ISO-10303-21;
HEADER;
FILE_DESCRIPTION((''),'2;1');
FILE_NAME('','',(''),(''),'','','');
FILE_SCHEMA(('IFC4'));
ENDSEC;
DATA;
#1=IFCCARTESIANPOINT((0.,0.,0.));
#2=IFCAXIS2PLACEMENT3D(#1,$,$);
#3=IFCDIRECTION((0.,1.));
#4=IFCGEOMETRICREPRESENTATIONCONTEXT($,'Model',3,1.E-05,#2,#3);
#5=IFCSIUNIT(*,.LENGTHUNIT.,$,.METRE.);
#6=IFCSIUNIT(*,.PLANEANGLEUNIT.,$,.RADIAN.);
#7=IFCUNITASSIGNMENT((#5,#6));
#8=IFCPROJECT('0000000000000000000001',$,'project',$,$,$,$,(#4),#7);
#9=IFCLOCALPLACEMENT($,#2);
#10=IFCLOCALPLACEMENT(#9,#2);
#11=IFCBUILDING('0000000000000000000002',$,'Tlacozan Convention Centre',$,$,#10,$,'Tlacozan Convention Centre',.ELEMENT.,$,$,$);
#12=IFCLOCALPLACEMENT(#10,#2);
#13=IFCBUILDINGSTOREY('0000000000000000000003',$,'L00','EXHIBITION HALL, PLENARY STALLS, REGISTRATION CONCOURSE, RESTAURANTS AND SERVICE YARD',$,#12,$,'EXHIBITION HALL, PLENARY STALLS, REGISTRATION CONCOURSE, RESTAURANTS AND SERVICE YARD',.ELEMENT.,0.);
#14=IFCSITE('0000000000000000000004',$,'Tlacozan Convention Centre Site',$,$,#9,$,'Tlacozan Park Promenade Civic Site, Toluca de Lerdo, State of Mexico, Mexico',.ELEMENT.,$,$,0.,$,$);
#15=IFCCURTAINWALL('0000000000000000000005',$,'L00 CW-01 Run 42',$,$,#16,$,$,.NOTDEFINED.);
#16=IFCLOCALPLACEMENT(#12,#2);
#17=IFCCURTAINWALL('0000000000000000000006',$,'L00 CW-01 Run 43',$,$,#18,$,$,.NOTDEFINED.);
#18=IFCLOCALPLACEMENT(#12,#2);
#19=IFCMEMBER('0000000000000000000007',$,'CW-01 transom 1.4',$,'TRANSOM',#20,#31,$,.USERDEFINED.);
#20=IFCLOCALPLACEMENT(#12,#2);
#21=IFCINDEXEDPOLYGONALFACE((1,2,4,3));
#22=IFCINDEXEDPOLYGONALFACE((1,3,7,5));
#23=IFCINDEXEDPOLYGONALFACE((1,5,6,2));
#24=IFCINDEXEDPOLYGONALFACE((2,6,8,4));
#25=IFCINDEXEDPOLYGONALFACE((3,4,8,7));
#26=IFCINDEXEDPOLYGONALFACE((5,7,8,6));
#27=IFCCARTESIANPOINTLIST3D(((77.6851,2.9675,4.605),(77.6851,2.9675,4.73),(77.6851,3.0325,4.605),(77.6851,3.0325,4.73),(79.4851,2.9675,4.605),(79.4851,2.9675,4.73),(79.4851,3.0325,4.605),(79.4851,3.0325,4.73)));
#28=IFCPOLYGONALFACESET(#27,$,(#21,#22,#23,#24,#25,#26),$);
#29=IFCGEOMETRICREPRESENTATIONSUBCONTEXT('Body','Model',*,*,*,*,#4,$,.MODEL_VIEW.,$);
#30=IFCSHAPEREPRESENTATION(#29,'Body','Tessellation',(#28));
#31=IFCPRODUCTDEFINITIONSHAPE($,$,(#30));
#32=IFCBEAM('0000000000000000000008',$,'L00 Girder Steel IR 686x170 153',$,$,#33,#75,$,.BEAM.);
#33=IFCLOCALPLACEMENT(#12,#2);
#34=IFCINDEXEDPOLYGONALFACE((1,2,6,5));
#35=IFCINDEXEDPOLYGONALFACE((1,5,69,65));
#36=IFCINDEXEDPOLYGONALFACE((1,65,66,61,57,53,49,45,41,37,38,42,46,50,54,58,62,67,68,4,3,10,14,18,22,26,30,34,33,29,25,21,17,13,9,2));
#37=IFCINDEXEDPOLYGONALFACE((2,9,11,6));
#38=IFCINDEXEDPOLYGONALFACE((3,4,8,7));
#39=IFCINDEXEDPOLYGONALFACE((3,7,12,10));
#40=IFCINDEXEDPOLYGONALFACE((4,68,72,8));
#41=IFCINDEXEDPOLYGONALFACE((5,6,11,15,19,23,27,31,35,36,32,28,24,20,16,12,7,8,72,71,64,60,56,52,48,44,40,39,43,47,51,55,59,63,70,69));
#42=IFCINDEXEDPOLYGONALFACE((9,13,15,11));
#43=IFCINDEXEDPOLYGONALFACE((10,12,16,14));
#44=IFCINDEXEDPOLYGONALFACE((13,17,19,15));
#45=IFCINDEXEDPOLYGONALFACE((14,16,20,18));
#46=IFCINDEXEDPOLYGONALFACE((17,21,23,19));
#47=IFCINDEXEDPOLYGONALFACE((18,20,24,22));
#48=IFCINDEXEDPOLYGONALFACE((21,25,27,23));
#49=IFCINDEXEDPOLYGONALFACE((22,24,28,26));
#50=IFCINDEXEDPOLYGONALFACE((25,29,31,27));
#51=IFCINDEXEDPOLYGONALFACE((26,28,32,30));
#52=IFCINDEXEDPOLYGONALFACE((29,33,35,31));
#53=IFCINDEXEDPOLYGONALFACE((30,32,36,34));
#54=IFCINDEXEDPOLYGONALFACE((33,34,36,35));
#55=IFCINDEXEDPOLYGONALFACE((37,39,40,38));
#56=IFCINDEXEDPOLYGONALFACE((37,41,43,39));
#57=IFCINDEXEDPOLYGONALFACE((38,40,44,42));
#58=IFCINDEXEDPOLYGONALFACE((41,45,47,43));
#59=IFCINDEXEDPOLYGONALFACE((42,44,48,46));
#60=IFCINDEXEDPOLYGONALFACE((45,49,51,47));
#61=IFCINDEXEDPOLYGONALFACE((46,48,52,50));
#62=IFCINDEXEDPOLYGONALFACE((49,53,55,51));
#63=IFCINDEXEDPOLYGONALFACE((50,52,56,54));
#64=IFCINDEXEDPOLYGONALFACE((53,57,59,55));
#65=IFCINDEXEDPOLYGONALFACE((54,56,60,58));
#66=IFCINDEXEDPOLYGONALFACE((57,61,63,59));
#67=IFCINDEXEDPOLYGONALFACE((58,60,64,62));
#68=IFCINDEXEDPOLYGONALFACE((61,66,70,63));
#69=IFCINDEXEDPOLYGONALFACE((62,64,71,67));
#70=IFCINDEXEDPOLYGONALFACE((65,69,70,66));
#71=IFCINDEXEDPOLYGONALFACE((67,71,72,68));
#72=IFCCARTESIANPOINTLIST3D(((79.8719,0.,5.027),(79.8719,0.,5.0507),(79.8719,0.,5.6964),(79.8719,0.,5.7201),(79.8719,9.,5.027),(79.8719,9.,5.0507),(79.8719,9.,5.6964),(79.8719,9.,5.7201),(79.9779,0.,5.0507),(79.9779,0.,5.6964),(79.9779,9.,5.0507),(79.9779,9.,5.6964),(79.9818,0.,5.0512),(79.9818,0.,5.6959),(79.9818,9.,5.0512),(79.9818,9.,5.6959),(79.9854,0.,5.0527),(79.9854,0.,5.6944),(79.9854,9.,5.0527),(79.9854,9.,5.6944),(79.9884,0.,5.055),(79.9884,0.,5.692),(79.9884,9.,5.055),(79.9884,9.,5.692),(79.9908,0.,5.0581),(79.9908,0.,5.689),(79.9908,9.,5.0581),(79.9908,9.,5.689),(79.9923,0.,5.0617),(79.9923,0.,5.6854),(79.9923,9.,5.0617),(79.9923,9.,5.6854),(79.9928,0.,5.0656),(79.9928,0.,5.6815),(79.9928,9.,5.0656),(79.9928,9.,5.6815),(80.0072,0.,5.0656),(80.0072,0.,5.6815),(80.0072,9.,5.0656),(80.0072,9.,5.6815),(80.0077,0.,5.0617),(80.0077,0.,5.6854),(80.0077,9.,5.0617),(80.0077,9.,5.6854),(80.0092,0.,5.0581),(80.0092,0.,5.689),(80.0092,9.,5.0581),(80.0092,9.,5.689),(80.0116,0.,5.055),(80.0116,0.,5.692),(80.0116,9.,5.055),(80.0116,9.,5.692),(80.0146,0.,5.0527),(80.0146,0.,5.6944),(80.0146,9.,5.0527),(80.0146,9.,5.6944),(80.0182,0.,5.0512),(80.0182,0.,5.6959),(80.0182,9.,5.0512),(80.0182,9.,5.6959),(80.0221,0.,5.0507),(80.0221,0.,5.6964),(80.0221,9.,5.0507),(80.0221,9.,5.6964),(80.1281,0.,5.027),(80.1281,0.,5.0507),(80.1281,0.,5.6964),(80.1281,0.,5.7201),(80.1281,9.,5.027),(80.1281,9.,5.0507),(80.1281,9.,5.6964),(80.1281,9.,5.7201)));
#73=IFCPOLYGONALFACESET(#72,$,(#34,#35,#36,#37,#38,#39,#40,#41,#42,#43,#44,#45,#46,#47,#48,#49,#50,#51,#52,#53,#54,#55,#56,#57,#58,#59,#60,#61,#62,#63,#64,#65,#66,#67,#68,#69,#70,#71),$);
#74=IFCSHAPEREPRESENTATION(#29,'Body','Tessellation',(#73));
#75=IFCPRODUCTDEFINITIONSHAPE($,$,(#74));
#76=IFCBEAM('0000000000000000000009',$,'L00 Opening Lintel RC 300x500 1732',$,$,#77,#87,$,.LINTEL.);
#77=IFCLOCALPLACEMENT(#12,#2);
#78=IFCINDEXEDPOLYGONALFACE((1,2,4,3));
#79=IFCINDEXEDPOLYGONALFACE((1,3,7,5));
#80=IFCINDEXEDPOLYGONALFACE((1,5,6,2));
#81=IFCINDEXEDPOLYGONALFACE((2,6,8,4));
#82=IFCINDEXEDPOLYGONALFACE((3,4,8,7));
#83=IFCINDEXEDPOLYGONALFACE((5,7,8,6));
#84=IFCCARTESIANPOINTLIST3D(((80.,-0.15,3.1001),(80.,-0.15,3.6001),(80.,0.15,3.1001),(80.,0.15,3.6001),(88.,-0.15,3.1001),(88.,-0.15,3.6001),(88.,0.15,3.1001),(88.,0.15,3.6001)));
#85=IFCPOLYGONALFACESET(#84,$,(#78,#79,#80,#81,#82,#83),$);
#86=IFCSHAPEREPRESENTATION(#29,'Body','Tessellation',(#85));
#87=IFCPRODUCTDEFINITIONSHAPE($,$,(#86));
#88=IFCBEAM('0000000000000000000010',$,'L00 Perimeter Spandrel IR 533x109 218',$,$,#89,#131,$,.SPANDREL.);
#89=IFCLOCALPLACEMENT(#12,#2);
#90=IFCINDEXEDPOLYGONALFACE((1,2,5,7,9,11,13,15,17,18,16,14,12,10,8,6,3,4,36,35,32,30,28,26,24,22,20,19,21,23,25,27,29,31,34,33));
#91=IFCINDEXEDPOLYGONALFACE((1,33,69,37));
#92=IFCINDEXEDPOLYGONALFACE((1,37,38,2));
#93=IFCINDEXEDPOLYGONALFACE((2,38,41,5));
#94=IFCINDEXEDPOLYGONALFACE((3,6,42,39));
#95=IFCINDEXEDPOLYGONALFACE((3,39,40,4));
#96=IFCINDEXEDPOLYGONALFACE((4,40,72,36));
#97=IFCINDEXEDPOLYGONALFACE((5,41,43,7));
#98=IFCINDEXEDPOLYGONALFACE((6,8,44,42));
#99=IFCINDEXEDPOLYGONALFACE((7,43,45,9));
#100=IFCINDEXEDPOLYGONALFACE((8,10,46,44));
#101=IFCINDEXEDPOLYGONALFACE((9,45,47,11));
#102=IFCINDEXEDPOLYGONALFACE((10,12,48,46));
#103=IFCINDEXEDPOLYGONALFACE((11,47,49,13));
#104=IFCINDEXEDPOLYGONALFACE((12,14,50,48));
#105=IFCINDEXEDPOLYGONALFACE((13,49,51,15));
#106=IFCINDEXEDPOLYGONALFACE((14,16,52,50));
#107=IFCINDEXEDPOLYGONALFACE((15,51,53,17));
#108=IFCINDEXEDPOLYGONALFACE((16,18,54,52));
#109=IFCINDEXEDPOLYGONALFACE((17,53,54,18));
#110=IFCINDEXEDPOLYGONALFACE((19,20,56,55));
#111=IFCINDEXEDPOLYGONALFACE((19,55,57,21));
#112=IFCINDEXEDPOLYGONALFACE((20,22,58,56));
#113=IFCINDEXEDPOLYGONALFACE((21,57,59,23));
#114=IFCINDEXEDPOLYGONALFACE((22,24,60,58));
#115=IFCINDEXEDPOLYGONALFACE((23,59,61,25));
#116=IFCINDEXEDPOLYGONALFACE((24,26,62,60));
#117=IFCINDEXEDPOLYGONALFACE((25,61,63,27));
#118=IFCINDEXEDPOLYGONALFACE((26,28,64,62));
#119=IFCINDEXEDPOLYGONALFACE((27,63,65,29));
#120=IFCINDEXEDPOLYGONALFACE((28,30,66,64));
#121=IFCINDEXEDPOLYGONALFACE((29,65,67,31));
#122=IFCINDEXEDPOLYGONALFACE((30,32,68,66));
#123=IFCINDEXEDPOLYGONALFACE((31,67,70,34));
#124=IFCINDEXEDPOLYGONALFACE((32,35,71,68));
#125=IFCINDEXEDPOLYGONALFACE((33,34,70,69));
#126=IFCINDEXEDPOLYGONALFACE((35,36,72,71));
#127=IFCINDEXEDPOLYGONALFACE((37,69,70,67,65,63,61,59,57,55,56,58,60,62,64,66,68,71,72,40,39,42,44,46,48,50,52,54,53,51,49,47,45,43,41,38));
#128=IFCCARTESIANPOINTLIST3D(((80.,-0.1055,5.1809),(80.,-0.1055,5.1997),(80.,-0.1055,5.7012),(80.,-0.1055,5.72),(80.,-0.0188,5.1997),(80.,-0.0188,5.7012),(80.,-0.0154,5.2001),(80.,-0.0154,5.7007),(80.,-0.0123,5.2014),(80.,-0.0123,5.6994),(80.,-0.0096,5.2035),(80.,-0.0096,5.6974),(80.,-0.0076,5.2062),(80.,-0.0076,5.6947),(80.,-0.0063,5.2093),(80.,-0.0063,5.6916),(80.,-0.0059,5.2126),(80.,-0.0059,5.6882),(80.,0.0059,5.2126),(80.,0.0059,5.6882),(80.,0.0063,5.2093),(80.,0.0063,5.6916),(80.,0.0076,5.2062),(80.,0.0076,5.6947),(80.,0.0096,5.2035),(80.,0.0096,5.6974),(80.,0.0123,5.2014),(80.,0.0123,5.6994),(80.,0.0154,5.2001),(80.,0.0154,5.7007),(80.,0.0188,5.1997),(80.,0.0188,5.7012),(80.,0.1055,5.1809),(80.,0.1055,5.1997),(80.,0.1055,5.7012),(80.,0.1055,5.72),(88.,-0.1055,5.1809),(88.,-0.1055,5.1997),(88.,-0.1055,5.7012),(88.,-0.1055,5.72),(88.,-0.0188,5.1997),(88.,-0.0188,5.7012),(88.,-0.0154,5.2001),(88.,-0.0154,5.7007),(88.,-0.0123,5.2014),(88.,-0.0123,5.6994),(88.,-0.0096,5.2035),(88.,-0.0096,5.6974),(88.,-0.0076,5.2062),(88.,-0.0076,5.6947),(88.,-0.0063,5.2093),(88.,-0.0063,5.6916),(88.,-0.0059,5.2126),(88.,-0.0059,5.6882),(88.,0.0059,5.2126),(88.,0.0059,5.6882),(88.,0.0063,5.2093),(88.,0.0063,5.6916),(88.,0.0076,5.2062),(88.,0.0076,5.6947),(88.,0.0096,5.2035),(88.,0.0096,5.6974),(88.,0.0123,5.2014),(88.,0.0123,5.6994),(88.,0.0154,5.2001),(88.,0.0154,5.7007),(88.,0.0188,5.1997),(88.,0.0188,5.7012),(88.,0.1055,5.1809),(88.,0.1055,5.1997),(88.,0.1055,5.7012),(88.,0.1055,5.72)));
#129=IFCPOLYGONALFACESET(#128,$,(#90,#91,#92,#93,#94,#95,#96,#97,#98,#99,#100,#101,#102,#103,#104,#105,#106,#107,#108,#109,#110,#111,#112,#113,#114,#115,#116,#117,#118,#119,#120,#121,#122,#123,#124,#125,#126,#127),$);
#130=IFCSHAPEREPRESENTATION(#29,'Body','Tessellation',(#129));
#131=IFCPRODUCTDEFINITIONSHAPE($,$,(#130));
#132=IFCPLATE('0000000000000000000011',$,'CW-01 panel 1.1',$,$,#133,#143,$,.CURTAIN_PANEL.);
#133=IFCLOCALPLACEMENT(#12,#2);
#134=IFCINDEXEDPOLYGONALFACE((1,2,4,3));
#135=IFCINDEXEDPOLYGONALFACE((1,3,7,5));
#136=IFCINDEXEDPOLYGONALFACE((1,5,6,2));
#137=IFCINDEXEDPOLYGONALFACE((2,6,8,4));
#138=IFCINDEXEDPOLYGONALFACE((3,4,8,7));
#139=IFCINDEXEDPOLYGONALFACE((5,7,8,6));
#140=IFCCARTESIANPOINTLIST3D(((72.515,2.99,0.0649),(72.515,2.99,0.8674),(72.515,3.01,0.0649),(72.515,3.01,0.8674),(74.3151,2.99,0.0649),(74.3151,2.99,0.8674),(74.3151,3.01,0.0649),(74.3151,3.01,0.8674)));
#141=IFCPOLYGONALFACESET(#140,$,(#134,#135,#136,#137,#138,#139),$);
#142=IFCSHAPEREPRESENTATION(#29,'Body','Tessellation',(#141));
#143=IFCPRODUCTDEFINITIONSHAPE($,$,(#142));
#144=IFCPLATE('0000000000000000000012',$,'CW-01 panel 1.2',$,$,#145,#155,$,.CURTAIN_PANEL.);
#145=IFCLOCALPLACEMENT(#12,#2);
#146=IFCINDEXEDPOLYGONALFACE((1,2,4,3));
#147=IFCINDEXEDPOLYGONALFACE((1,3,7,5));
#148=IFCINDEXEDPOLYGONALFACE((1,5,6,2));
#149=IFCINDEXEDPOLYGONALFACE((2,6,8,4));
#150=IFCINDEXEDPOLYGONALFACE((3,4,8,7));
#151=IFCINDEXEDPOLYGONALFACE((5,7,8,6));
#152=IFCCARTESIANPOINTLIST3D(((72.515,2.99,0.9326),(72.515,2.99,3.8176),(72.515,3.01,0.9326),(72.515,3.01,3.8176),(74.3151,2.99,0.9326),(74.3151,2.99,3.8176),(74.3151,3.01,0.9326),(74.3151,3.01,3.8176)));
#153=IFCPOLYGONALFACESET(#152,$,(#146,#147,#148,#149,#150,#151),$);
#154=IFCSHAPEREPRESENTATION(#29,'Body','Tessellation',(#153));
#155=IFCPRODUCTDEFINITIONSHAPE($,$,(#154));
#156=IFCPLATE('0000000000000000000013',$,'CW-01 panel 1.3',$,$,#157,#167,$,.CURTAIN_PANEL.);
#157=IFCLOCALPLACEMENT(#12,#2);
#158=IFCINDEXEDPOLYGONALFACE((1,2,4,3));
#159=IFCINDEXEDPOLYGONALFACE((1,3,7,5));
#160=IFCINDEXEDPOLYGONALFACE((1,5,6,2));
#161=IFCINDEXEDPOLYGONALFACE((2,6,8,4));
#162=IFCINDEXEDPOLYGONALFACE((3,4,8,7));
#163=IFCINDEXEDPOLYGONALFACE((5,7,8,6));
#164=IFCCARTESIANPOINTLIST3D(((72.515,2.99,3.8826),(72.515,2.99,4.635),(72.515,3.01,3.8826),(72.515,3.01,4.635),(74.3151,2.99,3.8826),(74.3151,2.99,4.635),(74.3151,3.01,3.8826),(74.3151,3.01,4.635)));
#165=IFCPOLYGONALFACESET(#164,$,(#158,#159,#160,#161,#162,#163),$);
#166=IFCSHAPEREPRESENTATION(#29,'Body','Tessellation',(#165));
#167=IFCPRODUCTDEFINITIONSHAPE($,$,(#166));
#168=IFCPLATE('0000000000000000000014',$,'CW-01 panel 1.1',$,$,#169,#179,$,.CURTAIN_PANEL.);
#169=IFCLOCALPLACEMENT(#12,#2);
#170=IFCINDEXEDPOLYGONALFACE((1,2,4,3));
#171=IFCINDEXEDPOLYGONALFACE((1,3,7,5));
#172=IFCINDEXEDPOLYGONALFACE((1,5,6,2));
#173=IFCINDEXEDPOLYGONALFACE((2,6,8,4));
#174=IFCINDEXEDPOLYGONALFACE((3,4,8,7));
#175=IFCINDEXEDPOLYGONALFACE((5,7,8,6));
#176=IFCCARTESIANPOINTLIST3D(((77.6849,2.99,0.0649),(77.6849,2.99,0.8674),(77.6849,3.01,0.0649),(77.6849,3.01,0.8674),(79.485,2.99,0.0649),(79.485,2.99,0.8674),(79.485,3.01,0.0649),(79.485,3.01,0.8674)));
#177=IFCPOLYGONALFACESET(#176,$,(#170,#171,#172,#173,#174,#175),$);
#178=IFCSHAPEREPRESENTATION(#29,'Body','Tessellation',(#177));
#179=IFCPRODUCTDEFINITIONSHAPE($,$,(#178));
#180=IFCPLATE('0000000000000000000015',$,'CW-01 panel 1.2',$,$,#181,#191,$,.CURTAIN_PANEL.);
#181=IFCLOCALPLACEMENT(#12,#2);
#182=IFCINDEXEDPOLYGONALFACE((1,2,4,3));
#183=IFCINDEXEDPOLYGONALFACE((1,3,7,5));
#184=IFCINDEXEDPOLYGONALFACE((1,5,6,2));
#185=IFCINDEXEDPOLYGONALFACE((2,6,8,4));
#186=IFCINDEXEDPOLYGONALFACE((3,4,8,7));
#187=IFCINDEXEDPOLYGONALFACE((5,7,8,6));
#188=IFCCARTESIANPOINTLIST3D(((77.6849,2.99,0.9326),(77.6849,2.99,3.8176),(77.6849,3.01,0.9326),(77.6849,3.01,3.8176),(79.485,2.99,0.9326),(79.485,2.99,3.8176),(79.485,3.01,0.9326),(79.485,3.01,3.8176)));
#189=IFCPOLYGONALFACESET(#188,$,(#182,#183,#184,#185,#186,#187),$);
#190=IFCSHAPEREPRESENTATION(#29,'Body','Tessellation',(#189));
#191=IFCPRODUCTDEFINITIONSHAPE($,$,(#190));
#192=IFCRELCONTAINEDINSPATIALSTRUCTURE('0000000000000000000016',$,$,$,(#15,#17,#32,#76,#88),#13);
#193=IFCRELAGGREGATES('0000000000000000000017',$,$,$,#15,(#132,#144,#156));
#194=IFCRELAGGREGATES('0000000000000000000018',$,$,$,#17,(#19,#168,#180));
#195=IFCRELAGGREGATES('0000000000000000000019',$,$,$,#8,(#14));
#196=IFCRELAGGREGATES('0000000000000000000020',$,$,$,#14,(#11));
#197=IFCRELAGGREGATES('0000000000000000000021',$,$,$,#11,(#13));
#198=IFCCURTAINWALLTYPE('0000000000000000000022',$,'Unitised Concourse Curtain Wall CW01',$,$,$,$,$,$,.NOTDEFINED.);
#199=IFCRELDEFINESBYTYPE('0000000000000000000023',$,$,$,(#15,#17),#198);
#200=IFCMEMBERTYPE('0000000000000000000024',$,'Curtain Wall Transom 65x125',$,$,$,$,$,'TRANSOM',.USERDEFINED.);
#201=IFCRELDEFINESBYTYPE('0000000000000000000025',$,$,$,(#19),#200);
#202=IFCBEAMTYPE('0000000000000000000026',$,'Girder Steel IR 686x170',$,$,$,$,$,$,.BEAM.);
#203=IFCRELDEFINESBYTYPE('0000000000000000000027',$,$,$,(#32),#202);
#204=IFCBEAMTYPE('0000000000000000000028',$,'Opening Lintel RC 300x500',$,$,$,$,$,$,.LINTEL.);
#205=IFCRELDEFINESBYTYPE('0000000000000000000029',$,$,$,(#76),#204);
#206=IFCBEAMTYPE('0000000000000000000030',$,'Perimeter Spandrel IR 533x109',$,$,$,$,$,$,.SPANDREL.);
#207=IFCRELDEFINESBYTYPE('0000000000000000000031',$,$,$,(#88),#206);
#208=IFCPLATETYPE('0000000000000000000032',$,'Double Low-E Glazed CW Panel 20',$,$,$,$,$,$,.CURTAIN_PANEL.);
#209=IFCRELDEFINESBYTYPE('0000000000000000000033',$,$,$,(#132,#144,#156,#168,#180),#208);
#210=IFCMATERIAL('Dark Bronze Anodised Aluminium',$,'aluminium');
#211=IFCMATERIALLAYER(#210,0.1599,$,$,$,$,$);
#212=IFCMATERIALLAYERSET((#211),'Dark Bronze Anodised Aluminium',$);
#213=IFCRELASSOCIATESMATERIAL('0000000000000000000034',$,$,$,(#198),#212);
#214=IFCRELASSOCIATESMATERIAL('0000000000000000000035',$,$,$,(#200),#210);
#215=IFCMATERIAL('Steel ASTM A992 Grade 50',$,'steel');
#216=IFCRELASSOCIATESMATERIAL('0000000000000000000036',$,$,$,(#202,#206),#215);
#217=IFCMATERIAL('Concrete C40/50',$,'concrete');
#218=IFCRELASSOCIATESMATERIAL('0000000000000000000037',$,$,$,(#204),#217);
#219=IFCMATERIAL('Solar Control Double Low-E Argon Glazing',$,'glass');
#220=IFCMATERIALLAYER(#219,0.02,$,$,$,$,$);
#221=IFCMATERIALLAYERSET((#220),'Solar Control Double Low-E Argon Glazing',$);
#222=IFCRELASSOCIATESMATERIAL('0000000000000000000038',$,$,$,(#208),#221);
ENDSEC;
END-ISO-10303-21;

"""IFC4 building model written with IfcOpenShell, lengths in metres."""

from ifc_helpers import new_model, si_unit, direction, frame, origin, origin_2d, place, context, subcontext, project, spatial, rectangle, i_section, extrude, material, layer, layer_set, material_profile, profile_set, type_object, element, aggregate, save


model = new_model("IFC4")

# Units and contexts
model_context = context("Model", 3, precision=1e-05, world=origin(), true_north=direction((0.0, 1.0)))
body_context = subcontext(model_context, "Body", "Model", "MODEL_VIEW")
ifc_project = project(units=[si_unit("LENGTHUNIT", "METRE"), si_unit("PLANEANGLEUNIT", "RADIAN")], contexts=[model_context])

# Site, building, storey
site_placement = place(None, origin())
site = spatial("IfcSite", under=ifc_project, at=site_placement, Name="Tlacozan Convention Centre Site", LongName="Tlacozan Park Promenade Civic Site, Toluca de Lerdo, State of Mexico, Mexico", CompositionType="ELEMENT", RefElevation=0.0)
building_placement = place(site_placement, origin())
building = spatial("IfcBuilding", under=site, at=building_placement, Name="Tlacozan Convention Centre", LongName="Tlacozan Convention Centre", CompositionType="ELEMENT")
storey_placement = place(building_placement, origin())
storey = spatial("IfcBuildingStorey", under=building, at=storey_placement, Name="L00", Description="EXHIBITION HALL, PLENARY STALLS, REGISTRATION CONCOURSE, RESTAURANTS AND SERVICE YARD", LongName="EXHIBITION HALL, PLENARY STALLS, REGISTRATION CONCOURSE, RESTAURANTS AND SERVICE YARD", CompositionType="ELEMENT", Elevation=0.0)

# Shared definitions
ifc_material_1 = material(Name="Concrete C40/50", Category="concrete")

# Curtain walls
ifc_material_2 = material(Name="Dark Bronze Anodised Aluminium", Category="aluminium")
ifc_layer_1 = layer(ifc_material_2, 0.1599)
ifc_layer_set_1 = layer_set([ifc_layer_1], Name="Dark Bronze Anodised Aluminium")
curtain_wall_type = type_object("IfcCurtainWallType", Name="Unitised Concourse Curtain Wall CW01", PredefinedType="NOTDEFINED", material=ifc_layer_set_1)
curtain_wall_1_placement = place(storey_placement, origin())
curtain_wall_1 = element("IfcCurtainWall", 1, at=curtain_wall_1_placement, inside=storey, type_object=curtain_wall_type, Name="L00 CW-01 Run 42", PredefinedType="NOTDEFINED")
curtain_wall_2_placement = place(storey_placement, origin())
curtain_wall_2 = element("IfcCurtainWall", 2, at=curtain_wall_2_placement, inside=storey, type_object=curtain_wall_type, Name="L00 CW-01 Run 43", PredefinedType="NOTDEFINED")

# Member
ifc_material_profile_1 = material_profile(ifc_material_2, rectangle(XDim=0.0649, YDim=0.125, at=origin_2d()), Name="ALU 65x125")
ifc_profile_set_1 = profile_set([ifc_material_profile_1], Name="Dark Bronze Anodised Aluminium")
member_type_1 = type_object("IfcMemberType", Name="Curtain Wall Transom 65x125", ElementType="TRANSOM", PredefinedType="USERDEFINED", material=ifc_profile_set_1)
member_1_placement = place(storey_placement, frame((77.6851, 3.0, 4.6675), z_axis=(1.0, 0.0, 0.0), x_axis=(0.0, 1.0, 0.0)))
member_1 = element("IfcMember", 3, at=member_1_placement, type_object=member_type_1, Name="CW-01 transom 1.4", ObjectType="TRANSOM", PredefinedType="USERDEFINED", context=body_context, shape_type="SweptSolid", body=[
    extrude(rectangle(XDim=0.0649, YDim=0.125, at=origin_2d()), origin(), (0.0, 0.0, 1.0), 1.8),
])

# Beams
ifc_material_3 = material(Name="Steel ASTM A992 Grade 50", Category="steel")
ifc_material_profile_2 = material_profile(ifc_material_3, i_section(OverallWidth=0.2561, OverallDepth=0.6931, WebThickness=0.0144, FlangeThickness=0.0237, FilletRadius=0.0149, at=origin_2d()), Name="IR 686x170.0")
ifc_profile_set_2 = profile_set([ifc_material_profile_2], Name="Steel ASTM A992 Grade 50")
beam_type_1 = type_object("IfcBeamType", Name="Girder Steel IR 686x170", PredefinedType="BEAM", material=ifc_profile_set_2)
beam_1_placement = place(storey_placement, frame((80.0, 0.0, 5.3735), z_axis=(0.0, 1.0, 0.0), x_axis=(-1.0, 0.0, 0.0)))
element("IfcBeam", 4, at=beam_1_placement, inside=storey, type_object=beam_type_1, Name="L00 Girder Steel IR 686x170 153", PredefinedType="BEAM", context=body_context, shape_type="SweptSolid", body=[
    extrude(i_section(OverallWidth=0.2561, OverallDepth=0.6931, WebThickness=0.0144, FlangeThickness=0.0237, FilletRadius=0.0149, at=origin_2d()), origin(), (0.0, 0.0, 1.0), 9.0),
])
ifc_material_profile_3 = material_profile(ifc_material_1, rectangle(XDim=0.3, YDim=0.5, at=origin_2d()), Name="RC 300x500")
ifc_profile_set_3 = profile_set([ifc_material_profile_3], Name="Concrete C40/50")
beam_type_2 = type_object("IfcBeamType", Name="Opening Lintel RC 300x500", PredefinedType="LINTEL", material=ifc_profile_set_3)
beam_2_placement = place(storey_placement, frame((80.0, 0.0, 3.3501), z_axis=(1.0, 0.0, 0.0), x_axis=(0.0, 1.0, 0.0)))
element("IfcBeam", 5, at=beam_2_placement, inside=storey, type_object=beam_type_2, Name="L00 Opening Lintel RC 300x500 1732", PredefinedType="LINTEL", context=body_context, shape_type="SweptSolid", body=[
    extrude(rectangle(XDim=0.3, YDim=0.5, at=origin_2d()), origin(), (0.0, 0.0, 1.0), 8.0),
])
ifc_material_profile_4 = material_profile(ifc_material_3, i_section(OverallWidth=0.2109, OverallDepth=0.5391, WebThickness=0.0117, FlangeThickness=0.0188, FilletRadius=0.0129, at=origin_2d()), Name="IR 533x109.0")
ifc_profile_set_4 = profile_set([ifc_material_profile_4], Name="Steel ASTM A992 Grade 50")
beam_type_3 = type_object("IfcBeamType", Name="Perimeter Spandrel IR 533x109", PredefinedType="SPANDREL", material=ifc_profile_set_4)
beam_3_placement = place(storey_placement, frame((80.0, 0.0, 5.4504), z_axis=(1.0, 0.0, 0.0), x_axis=(0.0, 1.0, 0.0)))
element("IfcBeam", 6, at=beam_3_placement, inside=storey, type_object=beam_type_3, Name="L00 Perimeter Spandrel IR 533x109 218", PredefinedType="SPANDREL", context=body_context, shape_type="SweptSolid", body=[
    extrude(i_section(OverallWidth=0.2109, OverallDepth=0.5391, WebThickness=0.0117, FlangeThickness=0.0188, FilletRadius=0.0129, at=origin_2d()), origin(), (0.0, 0.0, 1.0), 8.0),
])

# Plates
ifc_material_4 = material(Name="Solar Control Double Low-E Argon Glazing", Category="glass")
ifc_layer_2 = layer(ifc_material_4, 0.02)
ifc_layer_set_2 = layer_set([ifc_layer_2], Name="Solar Control Double Low-E Argon Glazing")
plate_type = type_object("IfcPlateType", Name="Double Low-E Glazed CW Panel 20", PredefinedType="CURTAIN_PANEL", material=ifc_layer_set_2)
plate_1_placement = place(storey_placement, frame((73.415, 3.0, 0.0649), z_axis=(0.0, 0.0, 1.0), x_axis=(1.0, 0.0, 0.0)))
plate_1 = element("IfcPlate", 7, at=plate_1_placement, type_object=plate_type, Name="CW-01 panel 1.1", PredefinedType="CURTAIN_PANEL", context=body_context, shape_type="SweptSolid", body=[
    extrude(rectangle(XDim=1.8, YDim=0.02, at=origin_2d()), origin(), (0.0, 0.0, 1.0), 0.8025),
])
plate_2_placement = place(storey_placement, frame((73.415, 3.0, 0.9326), z_axis=(0.0, 0.0, 1.0), x_axis=(1.0, 0.0, 0.0)))
plate_2 = element("IfcPlate", 8, at=plate_2_placement, type_object=plate_type, Name="CW-01 panel 1.2", PredefinedType="CURTAIN_PANEL", context=body_context, shape_type="SweptSolid", body=[
    extrude(rectangle(XDim=1.8, YDim=0.02, at=origin_2d()), origin(), (0.0, 0.0, 1.0), 2.885),
])
plate_3_placement = place(storey_placement, frame((73.415, 3.0, 3.8826), z_axis=(0.0, 0.0, 1.0), x_axis=(1.0, 0.0, 0.0)))
plate_3 = element("IfcPlate", 9, at=plate_3_placement, type_object=plate_type, Name="CW-01 panel 1.3", PredefinedType="CURTAIN_PANEL", context=body_context, shape_type="SweptSolid", body=[
    extrude(rectangle(XDim=1.8, YDim=0.02, at=origin_2d()), origin(), (0.0, 0.0, 1.0), 0.7524),
])
aggregate(curtain_wall_1, [plate_1, plate_2, plate_3])
plate_4_placement = place(storey_placement, frame((78.585, 3.0, 0.0649), z_axis=(0.0, 0.0, 1.0), x_axis=(1.0, 0.0, 0.0)))
plate_4 = element("IfcPlate", 10, at=plate_4_placement, type_object=plate_type, Name="CW-01 panel 1.1", PredefinedType="CURTAIN_PANEL", context=body_context, shape_type="SweptSolid", body=[
    extrude(rectangle(XDim=1.8, YDim=0.02, at=origin_2d()), origin(), (0.0, 0.0, 1.0), 0.8025),
])
plate_5_placement = place(storey_placement, frame((78.585, 3.0, 0.9326), z_axis=(0.0, 0.0, 1.0), x_axis=(1.0, 0.0, 0.0)))
plate_5 = element("IfcPlate", 11, at=plate_5_placement, type_object=plate_type, Name="CW-01 panel 1.2", PredefinedType="CURTAIN_PANEL", context=body_context, shape_type="SweptSolid", body=[
    extrude(rectangle(XDim=1.8, YDim=0.02, at=origin_2d()), origin(), (0.0, 0.0, 1.0), 2.885),
])
aggregate(curtain_wall_2, [member_1, plate_4, plate_5])

save(model, "model.ifc")
